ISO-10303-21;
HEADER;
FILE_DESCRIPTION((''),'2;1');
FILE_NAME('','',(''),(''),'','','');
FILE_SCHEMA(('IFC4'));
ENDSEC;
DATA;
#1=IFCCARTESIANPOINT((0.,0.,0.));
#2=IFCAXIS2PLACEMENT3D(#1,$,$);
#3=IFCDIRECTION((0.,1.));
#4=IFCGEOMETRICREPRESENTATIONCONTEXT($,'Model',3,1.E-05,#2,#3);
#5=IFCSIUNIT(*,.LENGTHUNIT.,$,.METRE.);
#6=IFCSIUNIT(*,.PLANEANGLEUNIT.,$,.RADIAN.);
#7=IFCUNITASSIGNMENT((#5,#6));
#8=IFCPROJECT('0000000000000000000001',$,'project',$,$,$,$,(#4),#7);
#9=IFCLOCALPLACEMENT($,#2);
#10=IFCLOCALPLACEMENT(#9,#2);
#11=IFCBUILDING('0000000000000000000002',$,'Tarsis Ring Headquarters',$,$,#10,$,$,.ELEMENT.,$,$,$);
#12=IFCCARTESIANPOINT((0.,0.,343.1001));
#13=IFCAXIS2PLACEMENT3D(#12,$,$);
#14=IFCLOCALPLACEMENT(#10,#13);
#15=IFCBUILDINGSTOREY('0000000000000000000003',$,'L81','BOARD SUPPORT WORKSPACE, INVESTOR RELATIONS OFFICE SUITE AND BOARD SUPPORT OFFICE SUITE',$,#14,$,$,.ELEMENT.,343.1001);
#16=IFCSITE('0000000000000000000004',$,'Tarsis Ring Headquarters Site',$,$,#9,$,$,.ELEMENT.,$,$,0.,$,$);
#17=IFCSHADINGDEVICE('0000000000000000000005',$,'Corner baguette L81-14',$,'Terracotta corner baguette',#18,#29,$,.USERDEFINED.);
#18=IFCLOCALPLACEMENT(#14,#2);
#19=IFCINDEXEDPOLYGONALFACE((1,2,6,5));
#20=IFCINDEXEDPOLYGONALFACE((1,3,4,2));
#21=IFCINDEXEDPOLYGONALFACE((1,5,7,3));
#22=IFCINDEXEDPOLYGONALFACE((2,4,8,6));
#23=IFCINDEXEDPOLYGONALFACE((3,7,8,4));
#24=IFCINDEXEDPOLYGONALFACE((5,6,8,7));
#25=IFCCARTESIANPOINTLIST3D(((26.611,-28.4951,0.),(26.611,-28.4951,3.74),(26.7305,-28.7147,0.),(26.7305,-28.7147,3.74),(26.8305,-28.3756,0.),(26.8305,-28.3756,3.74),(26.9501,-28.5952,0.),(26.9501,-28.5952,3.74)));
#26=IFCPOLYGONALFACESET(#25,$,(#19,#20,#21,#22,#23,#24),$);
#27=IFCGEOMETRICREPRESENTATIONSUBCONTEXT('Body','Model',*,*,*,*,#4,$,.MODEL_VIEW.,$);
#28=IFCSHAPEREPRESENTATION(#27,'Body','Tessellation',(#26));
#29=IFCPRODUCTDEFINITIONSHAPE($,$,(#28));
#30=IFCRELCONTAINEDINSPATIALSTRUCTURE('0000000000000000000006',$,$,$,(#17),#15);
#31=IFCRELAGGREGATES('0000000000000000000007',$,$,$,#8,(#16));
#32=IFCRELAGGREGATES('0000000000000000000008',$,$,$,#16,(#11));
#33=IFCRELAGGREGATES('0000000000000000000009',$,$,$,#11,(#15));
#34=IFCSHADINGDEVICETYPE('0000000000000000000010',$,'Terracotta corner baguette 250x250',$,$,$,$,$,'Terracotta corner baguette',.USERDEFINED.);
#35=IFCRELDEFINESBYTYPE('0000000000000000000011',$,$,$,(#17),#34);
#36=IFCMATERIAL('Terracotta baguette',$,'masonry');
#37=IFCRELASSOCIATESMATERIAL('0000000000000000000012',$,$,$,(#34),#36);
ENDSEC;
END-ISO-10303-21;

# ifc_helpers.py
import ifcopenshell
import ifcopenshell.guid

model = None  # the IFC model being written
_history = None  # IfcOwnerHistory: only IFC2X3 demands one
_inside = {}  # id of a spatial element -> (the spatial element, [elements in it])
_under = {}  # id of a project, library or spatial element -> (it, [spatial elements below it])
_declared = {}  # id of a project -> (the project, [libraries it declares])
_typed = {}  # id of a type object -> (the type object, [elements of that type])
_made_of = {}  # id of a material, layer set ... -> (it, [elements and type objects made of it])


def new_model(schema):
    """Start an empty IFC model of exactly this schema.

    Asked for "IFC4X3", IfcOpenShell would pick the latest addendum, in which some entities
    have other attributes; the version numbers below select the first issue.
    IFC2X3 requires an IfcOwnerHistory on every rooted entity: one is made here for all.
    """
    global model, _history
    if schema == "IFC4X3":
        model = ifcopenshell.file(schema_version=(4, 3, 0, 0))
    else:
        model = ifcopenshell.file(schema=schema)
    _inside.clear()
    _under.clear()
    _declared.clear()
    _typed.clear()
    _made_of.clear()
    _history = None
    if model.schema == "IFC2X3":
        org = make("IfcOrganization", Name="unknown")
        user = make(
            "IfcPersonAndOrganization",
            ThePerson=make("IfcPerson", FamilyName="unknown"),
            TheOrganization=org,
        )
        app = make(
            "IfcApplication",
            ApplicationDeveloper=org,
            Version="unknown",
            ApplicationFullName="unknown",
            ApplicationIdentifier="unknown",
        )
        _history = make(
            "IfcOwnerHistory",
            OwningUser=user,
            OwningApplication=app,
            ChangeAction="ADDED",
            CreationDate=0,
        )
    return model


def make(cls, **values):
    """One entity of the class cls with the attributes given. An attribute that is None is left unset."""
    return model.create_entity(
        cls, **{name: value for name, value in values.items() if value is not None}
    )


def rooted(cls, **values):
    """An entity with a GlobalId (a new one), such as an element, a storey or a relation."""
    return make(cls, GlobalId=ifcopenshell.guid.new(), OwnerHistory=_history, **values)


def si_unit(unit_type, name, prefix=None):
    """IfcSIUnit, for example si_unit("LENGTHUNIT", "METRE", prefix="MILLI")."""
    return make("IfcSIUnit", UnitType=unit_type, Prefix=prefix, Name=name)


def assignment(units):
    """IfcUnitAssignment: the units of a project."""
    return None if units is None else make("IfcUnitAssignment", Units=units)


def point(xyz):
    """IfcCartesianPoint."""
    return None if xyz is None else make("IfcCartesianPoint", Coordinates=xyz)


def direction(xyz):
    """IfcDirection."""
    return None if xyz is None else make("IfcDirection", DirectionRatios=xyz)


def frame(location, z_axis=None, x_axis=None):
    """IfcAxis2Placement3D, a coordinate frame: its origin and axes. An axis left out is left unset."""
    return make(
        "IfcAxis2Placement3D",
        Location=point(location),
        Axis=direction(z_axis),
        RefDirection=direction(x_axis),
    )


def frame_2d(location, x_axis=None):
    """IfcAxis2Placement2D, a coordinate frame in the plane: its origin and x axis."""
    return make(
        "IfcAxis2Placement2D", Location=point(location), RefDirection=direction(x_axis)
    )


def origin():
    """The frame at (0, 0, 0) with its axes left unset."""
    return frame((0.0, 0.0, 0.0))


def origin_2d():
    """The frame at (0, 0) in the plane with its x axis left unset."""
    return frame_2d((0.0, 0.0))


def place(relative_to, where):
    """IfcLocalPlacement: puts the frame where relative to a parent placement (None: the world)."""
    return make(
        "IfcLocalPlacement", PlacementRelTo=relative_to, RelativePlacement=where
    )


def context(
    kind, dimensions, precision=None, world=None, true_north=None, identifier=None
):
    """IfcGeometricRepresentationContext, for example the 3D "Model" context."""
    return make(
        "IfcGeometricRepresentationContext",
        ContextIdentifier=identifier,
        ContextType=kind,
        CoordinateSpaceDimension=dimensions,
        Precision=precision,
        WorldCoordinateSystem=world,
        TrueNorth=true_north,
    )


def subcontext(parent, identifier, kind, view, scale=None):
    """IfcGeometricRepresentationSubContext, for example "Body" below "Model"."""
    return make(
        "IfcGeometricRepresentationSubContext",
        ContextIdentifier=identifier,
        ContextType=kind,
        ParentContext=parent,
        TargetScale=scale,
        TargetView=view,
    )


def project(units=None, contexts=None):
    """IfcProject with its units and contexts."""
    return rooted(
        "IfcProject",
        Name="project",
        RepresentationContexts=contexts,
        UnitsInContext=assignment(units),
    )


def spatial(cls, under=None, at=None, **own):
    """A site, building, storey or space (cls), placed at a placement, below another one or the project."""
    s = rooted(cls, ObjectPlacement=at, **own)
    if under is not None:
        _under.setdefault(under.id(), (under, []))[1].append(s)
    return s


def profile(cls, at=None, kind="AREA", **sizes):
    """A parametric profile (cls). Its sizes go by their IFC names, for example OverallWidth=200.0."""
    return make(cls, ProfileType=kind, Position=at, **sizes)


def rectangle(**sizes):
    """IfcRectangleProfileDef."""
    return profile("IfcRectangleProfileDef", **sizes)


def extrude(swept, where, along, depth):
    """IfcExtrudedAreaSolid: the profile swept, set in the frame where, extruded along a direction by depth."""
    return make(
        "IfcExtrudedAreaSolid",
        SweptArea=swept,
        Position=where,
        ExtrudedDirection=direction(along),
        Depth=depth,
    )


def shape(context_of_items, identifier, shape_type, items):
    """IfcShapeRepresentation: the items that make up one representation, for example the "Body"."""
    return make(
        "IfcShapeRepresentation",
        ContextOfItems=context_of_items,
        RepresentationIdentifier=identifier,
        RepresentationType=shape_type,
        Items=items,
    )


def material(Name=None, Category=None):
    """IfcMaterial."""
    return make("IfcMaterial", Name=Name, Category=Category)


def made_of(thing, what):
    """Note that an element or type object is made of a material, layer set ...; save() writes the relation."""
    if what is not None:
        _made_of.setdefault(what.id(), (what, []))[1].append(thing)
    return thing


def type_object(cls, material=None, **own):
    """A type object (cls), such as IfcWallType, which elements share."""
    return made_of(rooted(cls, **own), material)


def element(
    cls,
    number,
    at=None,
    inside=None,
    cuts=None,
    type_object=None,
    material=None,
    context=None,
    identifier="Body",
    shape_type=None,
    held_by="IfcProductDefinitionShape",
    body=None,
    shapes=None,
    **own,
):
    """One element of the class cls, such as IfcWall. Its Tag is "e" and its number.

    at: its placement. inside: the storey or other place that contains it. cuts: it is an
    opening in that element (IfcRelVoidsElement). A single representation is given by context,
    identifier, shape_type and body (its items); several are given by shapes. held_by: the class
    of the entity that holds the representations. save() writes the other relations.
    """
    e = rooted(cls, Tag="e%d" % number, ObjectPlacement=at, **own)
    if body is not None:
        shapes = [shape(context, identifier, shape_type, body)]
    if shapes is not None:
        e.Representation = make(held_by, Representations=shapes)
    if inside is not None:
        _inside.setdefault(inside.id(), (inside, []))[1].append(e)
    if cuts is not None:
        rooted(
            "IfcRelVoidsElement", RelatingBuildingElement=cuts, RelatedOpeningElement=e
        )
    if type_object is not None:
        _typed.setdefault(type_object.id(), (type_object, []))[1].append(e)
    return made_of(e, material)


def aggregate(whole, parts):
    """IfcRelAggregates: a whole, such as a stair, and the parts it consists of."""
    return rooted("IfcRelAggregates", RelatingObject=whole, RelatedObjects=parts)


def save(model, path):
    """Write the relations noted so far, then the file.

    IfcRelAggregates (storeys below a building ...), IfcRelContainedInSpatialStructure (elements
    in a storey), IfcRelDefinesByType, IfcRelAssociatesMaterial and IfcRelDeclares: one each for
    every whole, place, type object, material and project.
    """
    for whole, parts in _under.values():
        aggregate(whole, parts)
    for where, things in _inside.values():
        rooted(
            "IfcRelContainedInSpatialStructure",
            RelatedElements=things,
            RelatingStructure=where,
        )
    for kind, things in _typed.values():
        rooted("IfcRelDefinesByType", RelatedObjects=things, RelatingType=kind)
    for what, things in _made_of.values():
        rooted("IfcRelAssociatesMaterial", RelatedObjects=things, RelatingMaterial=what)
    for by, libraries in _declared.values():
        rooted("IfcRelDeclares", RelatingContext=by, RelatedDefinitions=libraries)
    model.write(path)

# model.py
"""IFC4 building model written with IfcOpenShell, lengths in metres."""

from ifc_helpers import new_model, si_unit, direction, frame, origin, origin_2d, place, context, subcontext, project, spatial, rectangle, extrude, material, type_object, element, save


model = new_model("IFC4")

# Units and contexts
model_context = context("Model", 3, precision=1e-05, world=origin(), true_north=direction((0.0, 1.0)))
body_context = subcontext(model_context, "Body", "Model", "MODEL_VIEW")
ifc_project = project(units=[si_unit("LENGTHUNIT", "METRE"), si_unit("PLANEANGLEUNIT", "RADIAN")], contexts=[model_context])

# Site, building, storey
site_placement = place(None, origin())
site = spatial("IfcSite", under=ifc_project, at=site_placement, Name="Tarsis Ring Headquarters Site", CompositionType="ELEMENT", RefElevation=0.0)
building_placement = place(site_placement, origin())
building = spatial("IfcBuilding", under=site, at=building_placement, Name="Tarsis Ring Headquarters", CompositionType="ELEMENT")
storey_placement = place(building_placement, frame((0.0, 0.0, 343.1001)))
storey = spatial("IfcBuildingStorey", under=building, at=storey_placement, Name="L81", Description="BOARD SUPPORT WORKSPACE, INVESTOR RELATIONS OFFICE SUITE AND BOARD SUPPORT OFFICE SUITE", CompositionType="ELEMENT", Elevation=343.1001)

# Shading device
ifc_material_1 = material(Name="Terracotta baguette", Category="masonry")
shading_device_type_1 = type_object("IfcShadingDeviceType", Name="Terracotta corner baguette 250x250", ElementType="Terracotta corner baguette", PredefinedType="USERDEFINED", material=ifc_material_1)
for number, where, z_axis, x_axis, name in (
    (1, (26.7805, -28.5452, 0.0), (0.0, 0.0, 1.0), (0.878317, 0.478079, 0.0), "Corner baguette L81-14"),
):
    element("IfcShadingDevice", number, at=place(storey_placement, frame(where, z_axis=z_axis, x_axis=x_axis)), inside=storey, type_object=shading_device_type_1, Name=name, ObjectType="Terracotta corner baguette", PredefinedType="USERDEFINED", context=body_context, shape_type="SweptSolid", body=[
        extrude(rectangle(XDim=0.25, YDim=0.25, at=origin_2d()), origin(), (0.0, 0.0, 1.0), 3.74),
    ])

save(model, "model.ifc")
